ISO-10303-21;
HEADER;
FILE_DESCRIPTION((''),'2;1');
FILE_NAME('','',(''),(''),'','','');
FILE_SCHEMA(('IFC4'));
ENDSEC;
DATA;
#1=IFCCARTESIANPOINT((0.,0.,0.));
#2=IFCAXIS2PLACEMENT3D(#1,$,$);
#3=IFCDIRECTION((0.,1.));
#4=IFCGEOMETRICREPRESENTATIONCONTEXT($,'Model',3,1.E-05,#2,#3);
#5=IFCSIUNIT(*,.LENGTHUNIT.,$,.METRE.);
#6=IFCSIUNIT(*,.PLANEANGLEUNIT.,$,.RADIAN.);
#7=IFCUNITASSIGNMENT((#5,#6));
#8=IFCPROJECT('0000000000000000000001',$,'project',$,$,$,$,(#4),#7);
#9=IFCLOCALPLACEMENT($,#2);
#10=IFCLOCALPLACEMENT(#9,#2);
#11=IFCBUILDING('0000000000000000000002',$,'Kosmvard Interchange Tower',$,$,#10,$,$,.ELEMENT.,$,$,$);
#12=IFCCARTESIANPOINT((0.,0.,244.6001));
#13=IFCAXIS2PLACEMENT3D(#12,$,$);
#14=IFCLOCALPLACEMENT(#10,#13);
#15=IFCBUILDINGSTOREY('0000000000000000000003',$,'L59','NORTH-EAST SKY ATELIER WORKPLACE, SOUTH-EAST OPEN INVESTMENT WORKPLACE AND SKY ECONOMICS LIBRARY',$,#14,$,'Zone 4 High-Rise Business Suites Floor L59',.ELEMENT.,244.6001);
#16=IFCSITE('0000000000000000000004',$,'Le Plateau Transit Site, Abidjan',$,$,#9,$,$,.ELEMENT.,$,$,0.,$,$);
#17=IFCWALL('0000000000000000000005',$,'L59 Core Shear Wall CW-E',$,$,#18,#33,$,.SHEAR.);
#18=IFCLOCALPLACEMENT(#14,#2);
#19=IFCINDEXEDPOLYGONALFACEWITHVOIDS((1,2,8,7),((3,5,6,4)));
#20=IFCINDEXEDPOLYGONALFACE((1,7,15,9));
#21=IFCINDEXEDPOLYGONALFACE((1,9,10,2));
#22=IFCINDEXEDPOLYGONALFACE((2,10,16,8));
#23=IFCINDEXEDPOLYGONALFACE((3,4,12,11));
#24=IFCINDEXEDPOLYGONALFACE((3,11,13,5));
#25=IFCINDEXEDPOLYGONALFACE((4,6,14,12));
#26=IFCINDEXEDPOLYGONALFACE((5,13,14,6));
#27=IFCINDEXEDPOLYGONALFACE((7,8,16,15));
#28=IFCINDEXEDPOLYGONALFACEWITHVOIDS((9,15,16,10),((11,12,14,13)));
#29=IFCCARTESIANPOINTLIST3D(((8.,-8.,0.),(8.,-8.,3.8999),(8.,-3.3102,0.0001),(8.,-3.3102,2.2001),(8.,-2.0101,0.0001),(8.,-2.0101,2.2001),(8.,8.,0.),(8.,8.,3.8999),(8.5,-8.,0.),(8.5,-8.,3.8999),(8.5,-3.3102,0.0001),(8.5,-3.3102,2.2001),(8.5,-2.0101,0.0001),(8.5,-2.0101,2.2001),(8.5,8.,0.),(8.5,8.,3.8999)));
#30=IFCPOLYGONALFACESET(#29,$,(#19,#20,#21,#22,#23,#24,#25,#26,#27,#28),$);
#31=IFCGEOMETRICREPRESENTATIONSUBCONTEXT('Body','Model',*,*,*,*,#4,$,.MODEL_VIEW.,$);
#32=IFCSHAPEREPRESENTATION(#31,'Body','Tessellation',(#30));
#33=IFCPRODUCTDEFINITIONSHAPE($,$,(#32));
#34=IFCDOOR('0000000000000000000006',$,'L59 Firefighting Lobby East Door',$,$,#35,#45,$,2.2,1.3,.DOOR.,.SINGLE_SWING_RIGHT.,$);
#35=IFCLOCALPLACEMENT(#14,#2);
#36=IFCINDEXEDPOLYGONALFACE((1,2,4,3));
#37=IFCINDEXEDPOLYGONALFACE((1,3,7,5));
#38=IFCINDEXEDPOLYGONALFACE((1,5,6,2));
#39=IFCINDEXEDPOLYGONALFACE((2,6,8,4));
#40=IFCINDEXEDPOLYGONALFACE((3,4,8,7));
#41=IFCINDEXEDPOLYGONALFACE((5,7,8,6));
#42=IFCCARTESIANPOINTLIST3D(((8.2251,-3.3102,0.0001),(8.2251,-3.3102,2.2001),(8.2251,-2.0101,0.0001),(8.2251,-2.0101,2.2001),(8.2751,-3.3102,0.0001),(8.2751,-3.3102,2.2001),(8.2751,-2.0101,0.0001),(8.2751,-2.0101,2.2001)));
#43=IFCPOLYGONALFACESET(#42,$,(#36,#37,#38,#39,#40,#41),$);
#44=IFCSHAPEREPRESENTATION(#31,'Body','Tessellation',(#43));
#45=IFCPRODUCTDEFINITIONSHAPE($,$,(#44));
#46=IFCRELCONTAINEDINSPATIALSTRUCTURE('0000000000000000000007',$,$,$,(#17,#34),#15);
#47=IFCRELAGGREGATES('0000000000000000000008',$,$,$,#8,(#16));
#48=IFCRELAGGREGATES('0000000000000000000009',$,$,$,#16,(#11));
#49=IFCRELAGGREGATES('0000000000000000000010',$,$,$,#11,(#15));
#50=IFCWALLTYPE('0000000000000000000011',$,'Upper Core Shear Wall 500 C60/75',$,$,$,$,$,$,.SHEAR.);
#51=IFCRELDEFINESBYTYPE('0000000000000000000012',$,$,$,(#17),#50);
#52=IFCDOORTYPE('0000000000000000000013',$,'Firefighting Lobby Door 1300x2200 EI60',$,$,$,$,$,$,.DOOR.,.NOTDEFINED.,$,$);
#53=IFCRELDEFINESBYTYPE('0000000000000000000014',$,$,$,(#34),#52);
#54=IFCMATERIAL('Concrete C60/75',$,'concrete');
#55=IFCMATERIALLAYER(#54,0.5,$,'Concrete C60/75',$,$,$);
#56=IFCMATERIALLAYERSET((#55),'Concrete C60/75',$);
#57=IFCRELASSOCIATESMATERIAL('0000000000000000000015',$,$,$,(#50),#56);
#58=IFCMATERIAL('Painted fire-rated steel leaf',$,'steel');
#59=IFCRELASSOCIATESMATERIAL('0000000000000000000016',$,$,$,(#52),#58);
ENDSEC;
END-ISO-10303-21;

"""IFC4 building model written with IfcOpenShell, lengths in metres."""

from ifc_helpers import new_model, si_unit, direction, frame, frame_2d, origin, place, context, subcontext, project, spatial, rectangle, extrude, source, transform, mapped, material, layer, layer_set, type_object, element, fill, save


model = new_model("IFC4")

# Units and contexts
model_context = context("Model", 3, precision=1e-05, world=origin(), true_north=direction((0.0, 1.0)))
body_context = subcontext(model_context, "Body", "Model", "MODEL_VIEW")
ifc_project = project(units=[si_unit("LENGTHUNIT", "METRE"), si_unit("PLANEANGLEUNIT", "RADIAN")], contexts=[model_context])

# Site, building, storey
site_placement = place(None, origin())
site = spatial("IfcSite", under=ifc_project, at=site_placement, Name="Le Plateau Transit Site, Abidjan", CompositionType="ELEMENT", RefElevation=0.0)
building_placement = place(site_placement, origin())
building = spatial("IfcBuilding", under=site, at=building_placement, Name="Kosmvard Interchange Tower", CompositionType="ELEMENT")
storey_placement = place(building_placement, frame((0.0, 0.0, 244.6001)))
storey = spatial("IfcBuildingStorey", under=building, at=storey_placement, Name="L59", Description="NORTH-EAST SKY ATELIER WORKPLACE, SOUTH-EAST OPEN INVESTMENT WORKPLACE AND SKY ECONOMICS LIBRARY", LongName="Zone 4 High-Rise Business Suites Floor L59", CompositionType="ELEMENT", Elevation=244.6001)

# Shared definitions
ifc_material_1 = material(Name="Concrete C60/75", Category="concrete")

# Shared definitions
ifc_material_2 = material(Name="Painted fire-rated steel leaf", Category="steel")

# Wall, opening, door
ifc_layer_1 = layer(ifc_material_1, 0.5, Name="Concrete C60/75")
ifc_layer_set_1 = layer_set([ifc_layer_1], Name="Concrete C60/75")
wall_type_1 = type_object("IfcWallType", Name="Upper Core Shear Wall 500 C60/75", PredefinedType="SHEAR", material=ifc_layer_set_1)
wall_1_placement = place(storey_placement, frame((8.25, -8.0, 0.0), z_axis=(0.0, 0.0, 1.0), x_axis=(0.0, 1.0, 0.0)))
wall_1 = element("IfcWall", 1, at=wall_1_placement, inside=storey, type_object=wall_type_1, Name="L59 Core Shear Wall CW-E", PredefinedType="SHEAR", context=body_context, shape_type="SweptSolid", body=[
    extrude(rectangle(XDim=16.0, YDim=0.5, at=frame_2d((8.0, 0.0))), origin(), (0.0, 0.0, 1.0), 3.8999),
])
opening_1_placement = place(wall_1_placement, frame((4.6899, 0.0, 0.0)))
opening_1 = element("IfcOpeningElement", 2, at=opening_1_placement, cuts=wall_1, PredefinedType="OPENING", context=body_context, shape_type="SweptSolid", body=[
    extrude(rectangle(XDim=1.3, YDim=2.2, at=frame_2d((0.6499, 1.1001))), frame((0.0, 0.26, 0.0), z_axis=(0.0, -1.0, 0.0), x_axis=(1.0, 0.0, 0.0)), (0.0, 0.0, 1.0), 0.52),
])
door_type_1 = type_object("IfcDoorType", Name="Firefighting Lobby Door 1300x2200 EI60", OperationType="NOTDEFINED", PredefinedType="DOOR", material=ifc_material_2)
shared_shape_1 = source(origin(), body_context, "Body", "SweptSolid", [
    extrude(rectangle(XDim=1.3, YDim=2.2, at=frame_2d((0.6499, 1.1001))), frame((0.0, 0.0249, 0.0), z_axis=(0.0, -1.0, 0.0), x_axis=(1.0, 0.0, 0.0)), (0.0, 0.0, 1.0), 0.05),
])
door_1_placement = place(opening_1_placement, origin())
door_1 = element("IfcDoor", 3, at=door_1_placement, inside=storey, type_object=door_type_1, Name="L59 Firefighting Lobby East Door", OperationType="SINGLE_SWING_RIGHT", OverallHeight=2.2, OverallWidth=1.3, PredefinedType="DOOR", context=body_context, shape_type="MappedRepresentation", body=[
    mapped(shared_shape_1, transform((0.0, 0.0, 0.0), scale=1.0)),
])
fill(opening_1, door_1)

save(model, "model.ifc")
